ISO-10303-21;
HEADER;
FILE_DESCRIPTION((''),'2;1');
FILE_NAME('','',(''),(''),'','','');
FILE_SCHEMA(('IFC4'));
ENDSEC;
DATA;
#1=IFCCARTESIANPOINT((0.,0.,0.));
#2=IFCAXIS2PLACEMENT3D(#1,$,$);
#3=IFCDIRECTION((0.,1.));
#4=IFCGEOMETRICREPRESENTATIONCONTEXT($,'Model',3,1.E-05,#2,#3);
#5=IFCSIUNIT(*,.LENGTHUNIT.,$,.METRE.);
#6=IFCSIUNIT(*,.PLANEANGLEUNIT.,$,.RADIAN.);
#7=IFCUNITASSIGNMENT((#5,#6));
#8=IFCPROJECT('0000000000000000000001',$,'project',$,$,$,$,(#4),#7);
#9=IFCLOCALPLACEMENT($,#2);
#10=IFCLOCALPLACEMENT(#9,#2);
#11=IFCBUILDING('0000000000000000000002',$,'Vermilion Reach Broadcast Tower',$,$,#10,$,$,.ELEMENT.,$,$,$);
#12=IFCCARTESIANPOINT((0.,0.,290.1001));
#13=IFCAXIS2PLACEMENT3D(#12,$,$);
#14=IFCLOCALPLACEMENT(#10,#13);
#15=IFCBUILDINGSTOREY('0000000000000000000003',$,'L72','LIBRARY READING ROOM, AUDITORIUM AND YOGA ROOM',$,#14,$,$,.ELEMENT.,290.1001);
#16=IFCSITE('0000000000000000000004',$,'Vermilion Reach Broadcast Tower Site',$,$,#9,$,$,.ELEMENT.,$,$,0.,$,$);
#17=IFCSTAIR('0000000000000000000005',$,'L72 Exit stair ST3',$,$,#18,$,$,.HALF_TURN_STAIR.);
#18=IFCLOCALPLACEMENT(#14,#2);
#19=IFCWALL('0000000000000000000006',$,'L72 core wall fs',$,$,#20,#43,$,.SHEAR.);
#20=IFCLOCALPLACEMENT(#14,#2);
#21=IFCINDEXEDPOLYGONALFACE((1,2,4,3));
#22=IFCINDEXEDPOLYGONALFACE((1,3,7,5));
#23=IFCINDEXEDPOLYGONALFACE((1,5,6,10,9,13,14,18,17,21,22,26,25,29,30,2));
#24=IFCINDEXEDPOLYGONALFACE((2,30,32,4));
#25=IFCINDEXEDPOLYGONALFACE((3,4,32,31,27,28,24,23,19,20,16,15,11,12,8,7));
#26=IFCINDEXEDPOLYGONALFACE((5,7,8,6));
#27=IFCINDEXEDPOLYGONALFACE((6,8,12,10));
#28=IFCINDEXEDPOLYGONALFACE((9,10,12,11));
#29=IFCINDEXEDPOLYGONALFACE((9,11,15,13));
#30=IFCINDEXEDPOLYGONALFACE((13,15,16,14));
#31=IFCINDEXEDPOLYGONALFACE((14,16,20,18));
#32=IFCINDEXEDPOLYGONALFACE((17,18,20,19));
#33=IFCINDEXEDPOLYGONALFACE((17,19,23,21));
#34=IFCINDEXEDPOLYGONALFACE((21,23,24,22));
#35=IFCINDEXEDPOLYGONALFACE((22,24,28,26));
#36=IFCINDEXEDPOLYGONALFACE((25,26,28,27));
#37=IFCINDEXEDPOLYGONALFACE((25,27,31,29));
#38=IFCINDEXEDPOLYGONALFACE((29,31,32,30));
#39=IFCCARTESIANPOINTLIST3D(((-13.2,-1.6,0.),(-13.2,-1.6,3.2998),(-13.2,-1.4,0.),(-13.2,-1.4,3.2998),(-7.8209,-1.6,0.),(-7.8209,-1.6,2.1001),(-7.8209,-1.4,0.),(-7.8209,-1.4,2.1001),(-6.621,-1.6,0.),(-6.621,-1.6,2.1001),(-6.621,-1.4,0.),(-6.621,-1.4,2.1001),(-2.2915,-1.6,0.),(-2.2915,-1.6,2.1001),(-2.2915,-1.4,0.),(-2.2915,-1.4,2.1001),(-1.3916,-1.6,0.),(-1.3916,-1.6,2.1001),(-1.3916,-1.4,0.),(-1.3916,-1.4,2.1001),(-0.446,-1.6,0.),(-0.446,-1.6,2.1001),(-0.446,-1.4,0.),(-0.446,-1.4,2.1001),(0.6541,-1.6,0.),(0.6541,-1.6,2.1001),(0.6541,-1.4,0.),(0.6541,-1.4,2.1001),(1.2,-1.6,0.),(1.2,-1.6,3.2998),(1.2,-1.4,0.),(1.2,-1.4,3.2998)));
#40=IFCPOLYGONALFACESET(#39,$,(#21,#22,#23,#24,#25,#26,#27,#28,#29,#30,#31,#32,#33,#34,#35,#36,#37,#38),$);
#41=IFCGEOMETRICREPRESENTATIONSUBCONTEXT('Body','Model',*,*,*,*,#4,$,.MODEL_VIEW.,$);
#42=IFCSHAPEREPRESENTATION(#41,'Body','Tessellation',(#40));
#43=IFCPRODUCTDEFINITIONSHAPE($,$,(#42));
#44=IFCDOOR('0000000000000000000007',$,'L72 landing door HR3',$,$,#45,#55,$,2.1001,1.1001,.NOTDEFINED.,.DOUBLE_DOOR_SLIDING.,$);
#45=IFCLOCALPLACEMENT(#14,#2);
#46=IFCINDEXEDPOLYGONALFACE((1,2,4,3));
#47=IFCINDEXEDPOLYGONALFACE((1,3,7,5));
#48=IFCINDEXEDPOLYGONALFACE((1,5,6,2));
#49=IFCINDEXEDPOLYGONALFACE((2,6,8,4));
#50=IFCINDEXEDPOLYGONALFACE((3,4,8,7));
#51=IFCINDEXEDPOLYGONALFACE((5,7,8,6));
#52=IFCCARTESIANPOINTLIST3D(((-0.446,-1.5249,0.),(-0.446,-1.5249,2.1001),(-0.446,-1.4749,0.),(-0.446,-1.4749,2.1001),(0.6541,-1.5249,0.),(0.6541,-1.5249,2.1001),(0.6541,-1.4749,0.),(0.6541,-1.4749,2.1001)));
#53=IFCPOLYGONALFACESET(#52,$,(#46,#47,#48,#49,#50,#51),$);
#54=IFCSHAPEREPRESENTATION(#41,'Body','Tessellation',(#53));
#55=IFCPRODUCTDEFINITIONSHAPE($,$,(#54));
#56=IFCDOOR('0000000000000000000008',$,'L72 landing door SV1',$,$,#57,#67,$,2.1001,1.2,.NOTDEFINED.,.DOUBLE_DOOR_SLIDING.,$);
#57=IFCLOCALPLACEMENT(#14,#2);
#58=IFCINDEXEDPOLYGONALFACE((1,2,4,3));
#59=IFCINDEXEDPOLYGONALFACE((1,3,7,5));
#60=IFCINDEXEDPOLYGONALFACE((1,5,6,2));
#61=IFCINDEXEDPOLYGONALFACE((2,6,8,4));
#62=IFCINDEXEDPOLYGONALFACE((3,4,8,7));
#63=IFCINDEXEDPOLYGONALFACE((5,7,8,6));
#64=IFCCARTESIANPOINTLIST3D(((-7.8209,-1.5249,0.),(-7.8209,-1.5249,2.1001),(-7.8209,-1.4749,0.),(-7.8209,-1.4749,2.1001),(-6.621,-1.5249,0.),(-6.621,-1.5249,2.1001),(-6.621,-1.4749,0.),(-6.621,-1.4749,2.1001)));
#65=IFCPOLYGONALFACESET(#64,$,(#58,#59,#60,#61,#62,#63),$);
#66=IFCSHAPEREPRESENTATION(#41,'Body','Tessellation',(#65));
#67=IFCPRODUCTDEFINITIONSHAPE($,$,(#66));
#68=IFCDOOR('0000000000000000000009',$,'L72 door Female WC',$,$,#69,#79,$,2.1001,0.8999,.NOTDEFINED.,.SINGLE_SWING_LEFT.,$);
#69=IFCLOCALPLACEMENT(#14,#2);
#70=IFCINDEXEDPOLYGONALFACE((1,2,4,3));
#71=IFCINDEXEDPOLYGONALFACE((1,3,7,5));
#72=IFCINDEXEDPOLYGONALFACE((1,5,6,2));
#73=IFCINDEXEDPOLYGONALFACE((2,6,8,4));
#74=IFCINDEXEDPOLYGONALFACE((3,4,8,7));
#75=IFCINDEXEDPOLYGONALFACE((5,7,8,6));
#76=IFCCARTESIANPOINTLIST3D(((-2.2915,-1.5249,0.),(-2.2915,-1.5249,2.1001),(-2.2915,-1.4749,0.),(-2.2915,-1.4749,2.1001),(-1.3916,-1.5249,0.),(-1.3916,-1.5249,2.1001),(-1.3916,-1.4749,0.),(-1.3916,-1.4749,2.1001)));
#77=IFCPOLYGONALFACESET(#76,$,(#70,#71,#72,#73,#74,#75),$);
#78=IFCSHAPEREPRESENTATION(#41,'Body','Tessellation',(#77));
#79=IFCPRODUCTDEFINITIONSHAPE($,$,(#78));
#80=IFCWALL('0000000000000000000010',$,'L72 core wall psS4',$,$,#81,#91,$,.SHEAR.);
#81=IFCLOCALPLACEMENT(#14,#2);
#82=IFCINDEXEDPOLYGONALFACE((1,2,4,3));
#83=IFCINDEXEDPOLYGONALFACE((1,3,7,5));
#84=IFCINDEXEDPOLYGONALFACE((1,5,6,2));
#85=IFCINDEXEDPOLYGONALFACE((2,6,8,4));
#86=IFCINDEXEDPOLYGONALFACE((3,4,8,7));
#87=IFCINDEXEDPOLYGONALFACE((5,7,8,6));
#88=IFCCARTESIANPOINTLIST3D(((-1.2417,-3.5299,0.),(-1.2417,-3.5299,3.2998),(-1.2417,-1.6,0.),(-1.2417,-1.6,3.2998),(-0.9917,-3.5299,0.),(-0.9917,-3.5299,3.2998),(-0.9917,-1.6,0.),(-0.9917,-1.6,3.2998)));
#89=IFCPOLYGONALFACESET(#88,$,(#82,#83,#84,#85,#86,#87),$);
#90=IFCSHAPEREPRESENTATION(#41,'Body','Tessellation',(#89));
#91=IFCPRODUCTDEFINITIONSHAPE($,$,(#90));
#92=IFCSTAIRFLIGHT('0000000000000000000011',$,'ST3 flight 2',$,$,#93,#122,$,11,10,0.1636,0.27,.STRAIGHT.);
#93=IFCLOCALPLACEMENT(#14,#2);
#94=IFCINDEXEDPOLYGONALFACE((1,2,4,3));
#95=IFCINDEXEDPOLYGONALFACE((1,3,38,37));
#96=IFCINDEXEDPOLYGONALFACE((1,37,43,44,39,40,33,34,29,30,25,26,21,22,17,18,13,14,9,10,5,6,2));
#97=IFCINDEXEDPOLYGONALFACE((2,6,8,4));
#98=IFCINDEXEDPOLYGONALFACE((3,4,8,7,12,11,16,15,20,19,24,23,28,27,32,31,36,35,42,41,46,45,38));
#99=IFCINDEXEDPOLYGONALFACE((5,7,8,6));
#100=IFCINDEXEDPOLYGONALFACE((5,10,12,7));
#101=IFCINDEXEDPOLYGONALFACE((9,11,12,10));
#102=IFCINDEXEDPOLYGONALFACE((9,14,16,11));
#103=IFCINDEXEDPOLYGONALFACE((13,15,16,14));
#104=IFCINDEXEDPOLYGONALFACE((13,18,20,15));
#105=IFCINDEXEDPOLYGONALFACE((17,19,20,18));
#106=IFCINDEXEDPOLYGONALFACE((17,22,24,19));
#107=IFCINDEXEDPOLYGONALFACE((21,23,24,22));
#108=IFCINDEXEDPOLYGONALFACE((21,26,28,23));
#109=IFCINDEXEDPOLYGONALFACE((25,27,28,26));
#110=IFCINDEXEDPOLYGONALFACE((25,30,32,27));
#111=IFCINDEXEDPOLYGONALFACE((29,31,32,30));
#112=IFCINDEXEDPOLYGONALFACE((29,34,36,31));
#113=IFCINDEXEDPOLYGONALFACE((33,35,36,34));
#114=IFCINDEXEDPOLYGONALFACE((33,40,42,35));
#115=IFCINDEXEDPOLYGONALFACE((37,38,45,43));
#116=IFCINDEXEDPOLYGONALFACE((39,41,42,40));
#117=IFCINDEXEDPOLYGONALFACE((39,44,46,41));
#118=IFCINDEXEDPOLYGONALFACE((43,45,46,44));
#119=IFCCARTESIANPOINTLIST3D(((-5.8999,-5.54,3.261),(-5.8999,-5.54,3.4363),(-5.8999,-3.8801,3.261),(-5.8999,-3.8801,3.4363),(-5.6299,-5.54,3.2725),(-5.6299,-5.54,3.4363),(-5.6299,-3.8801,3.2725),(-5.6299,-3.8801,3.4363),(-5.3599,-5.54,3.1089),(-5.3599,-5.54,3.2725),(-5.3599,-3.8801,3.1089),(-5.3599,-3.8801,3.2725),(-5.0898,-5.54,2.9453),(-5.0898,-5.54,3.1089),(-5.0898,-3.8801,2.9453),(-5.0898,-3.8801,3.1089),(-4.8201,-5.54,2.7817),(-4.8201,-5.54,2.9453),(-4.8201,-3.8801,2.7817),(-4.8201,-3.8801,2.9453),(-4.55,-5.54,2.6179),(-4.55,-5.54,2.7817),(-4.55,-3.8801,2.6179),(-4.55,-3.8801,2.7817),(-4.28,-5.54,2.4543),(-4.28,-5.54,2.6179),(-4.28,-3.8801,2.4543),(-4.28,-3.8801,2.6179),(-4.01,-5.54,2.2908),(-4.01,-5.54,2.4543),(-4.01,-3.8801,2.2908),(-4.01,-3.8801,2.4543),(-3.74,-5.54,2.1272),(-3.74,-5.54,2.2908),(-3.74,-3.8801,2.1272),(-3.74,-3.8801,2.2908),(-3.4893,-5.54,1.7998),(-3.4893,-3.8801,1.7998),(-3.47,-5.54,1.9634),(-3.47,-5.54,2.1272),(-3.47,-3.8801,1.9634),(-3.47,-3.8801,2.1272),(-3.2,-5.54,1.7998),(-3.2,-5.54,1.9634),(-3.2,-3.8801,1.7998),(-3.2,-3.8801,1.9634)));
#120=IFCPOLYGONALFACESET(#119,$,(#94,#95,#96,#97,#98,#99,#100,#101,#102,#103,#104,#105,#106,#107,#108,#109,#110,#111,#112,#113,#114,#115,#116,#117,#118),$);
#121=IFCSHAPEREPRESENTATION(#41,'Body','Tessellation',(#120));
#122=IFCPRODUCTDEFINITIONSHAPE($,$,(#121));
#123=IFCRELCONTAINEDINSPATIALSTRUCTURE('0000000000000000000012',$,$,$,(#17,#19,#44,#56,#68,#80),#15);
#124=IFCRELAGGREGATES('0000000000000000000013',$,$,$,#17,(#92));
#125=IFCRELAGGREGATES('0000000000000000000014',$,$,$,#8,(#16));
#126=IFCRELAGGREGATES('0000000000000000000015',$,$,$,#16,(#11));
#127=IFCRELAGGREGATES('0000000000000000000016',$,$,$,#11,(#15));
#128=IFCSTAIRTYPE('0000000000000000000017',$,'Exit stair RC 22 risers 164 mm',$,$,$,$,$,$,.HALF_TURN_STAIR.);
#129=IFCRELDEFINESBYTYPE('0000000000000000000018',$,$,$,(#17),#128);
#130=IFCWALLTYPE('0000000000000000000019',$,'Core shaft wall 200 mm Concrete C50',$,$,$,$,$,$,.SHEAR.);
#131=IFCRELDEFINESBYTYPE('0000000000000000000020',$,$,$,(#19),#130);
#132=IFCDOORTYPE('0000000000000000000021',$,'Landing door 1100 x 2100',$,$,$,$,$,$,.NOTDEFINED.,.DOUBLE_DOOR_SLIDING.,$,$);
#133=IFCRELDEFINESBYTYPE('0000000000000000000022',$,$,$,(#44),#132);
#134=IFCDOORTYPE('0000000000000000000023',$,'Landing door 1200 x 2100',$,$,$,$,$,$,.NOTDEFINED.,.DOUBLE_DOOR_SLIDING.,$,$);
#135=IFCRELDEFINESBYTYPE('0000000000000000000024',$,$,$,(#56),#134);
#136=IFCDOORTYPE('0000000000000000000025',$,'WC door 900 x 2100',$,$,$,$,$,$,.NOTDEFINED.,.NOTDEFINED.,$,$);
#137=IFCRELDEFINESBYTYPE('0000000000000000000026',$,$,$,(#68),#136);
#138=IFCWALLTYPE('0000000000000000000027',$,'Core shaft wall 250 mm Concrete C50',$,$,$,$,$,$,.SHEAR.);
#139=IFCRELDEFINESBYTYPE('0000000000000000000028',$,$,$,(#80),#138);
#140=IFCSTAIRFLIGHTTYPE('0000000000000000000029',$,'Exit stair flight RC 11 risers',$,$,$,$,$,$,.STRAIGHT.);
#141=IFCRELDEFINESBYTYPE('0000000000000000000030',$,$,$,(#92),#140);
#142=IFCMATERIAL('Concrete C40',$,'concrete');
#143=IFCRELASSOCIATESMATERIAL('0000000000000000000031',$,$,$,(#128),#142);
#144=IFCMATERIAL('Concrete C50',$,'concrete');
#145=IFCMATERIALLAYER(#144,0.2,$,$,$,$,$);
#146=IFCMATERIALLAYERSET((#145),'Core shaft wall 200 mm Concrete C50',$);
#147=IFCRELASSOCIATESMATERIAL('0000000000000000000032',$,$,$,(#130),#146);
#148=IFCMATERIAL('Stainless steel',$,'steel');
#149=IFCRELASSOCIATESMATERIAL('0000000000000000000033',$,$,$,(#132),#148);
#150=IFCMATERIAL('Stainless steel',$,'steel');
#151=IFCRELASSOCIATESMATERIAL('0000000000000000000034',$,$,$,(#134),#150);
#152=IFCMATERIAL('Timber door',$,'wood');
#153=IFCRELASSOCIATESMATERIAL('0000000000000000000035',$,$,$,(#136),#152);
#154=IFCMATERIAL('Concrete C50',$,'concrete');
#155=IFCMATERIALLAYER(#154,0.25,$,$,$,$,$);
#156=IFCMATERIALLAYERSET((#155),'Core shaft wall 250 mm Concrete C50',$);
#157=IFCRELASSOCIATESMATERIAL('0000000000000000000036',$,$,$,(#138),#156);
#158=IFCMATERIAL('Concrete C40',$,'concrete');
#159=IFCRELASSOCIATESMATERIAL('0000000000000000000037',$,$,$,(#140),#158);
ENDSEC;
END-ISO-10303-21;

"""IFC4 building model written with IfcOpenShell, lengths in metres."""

from ifc_helpers import new_model, si_unit, direction, frame, frame_2d, origin, place, context, subcontext, project, spatial, polyline, rectangle, outline, extrude, material, layer, layer_set, type_object, element, fill, aggregate, save


model = new_model("IFC4")

# Units and contexts
model_context = context("Model", 3, precision=1e-05, world=origin(), true_north=direction((0.0, 1.0)))
body_context = subcontext(model_context, "Body", "Model", "MODEL_VIEW")
ifc_project = project(units=[si_unit("LENGTHUNIT", "METRE"), si_unit("PLANEANGLEUNIT", "RADIAN")], contexts=[model_context])

# Site, building, storey
site_placement = place(None, origin())
site = spatial("IfcSite", under=ifc_project, at=site_placement, Name="Vermilion Reach Broadcast Tower Site", CompositionType="ELEMENT", RefElevation=0.0)
building_placement = place(site_placement, origin())
building = spatial("IfcBuilding", under=site, at=building_placement, Name="Vermilion Reach Broadcast Tower", CompositionType="ELEMENT")
storey_placement = place(building_placement, frame((0.0, 0.0, 290.1001)))
storey = spatial("IfcBuildingStorey", under=building, at=storey_placement, Name="L72", Description="LIBRARY READING ROOM, AUDITORIUM AND YOGA ROOM", CompositionType="ELEMENT", Elevation=290.1001)

# Stair
ifc_material_1 = material(Name="Concrete C40", Category="concrete")
stair_type = type_object("IfcStairType", Name="Exit stair RC 22 risers 164 mm", PredefinedType="HALF_TURN_STAIR", material=ifc_material_1)
placement_1 = place(storey_placement, origin())
stair_1 = element("IfcStair", 1, at=placement_1, inside=storey, type_object=stair_type, Name="L72 Exit stair ST3", PredefinedType="HALF_TURN_STAIR")

# Wall, openings, doors
ifc_material_2 = material(Name="Concrete C50", Category="concrete")
ifc_layer_1 = layer(ifc_material_2, 0.2)
ifc_layer_set_1 = layer_set([ifc_layer_1], Name="Core shaft wall 200 mm Concrete C50")
wall_type_1 = type_object("IfcWallType", Name="Core shaft wall 200 mm Concrete C50", PredefinedType="SHEAR", material=ifc_layer_set_1)
wall_1_placement = place(storey_placement, frame((1.2, -1.5, 0.0), z_axis=(0.0, 0.0, 1.0), x_axis=(-1.0, 0.0, 0.0)))
wall_1 = element("IfcWall", 2, at=wall_1_placement, inside=storey, type_object=wall_type_1, Name="L72 core wall fs", PredefinedType="SHEAR", context=body_context, shape_type="SweptSolid", body=[
    extrude(rectangle(XDim=14.3999, YDim=0.2, at=frame_2d((7.2, 0.0))), origin(), (0.0, 0.0, 1.0), 3.2998),
])
opening_1_placement = place(wall_1_placement, frame((7.8208, 0.0, 0.0)))
opening_1 = element("IfcOpeningElement", 3, at=opening_1_placement, cuts=wall_1, PredefinedType="OPENING", context=body_context, shape_type="SweptSolid", body=[
    extrude(rectangle(XDim=1.2, YDim=2.1001, at=frame_2d((0.6001, 1.05))), frame((0.0, 0.1099, 0.0), z_axis=(0.0, -1.0, 0.0), x_axis=(1.0, 0.0, 0.0)), (0.0, 0.0, 1.0), 0.22),
])
opening_2_placement = place(wall_1_placement, frame((0.5459, 0.0, 0.0)))
opening_2 = element("IfcOpeningElement", 4, at=opening_2_placement, cuts=wall_1, PredefinedType="OPENING", context=body_context, shape_type="SweptSolid", body=[
    extrude(rectangle(XDim=1.1001, YDim=2.1001, at=frame_2d((0.55, 1.05))), frame((0.0, 0.1099, 0.0), z_axis=(0.0, -1.0, 0.0), x_axis=(1.0, 0.0, 0.0)), (0.0, 0.0, 1.0), 0.22),
])
opening_3_placement = place(wall_1_placement, frame((2.5916, 0.0, 0.0)))
opening_3 = element("IfcOpeningElement", 5, at=opening_3_placement, cuts=wall_1, PredefinedType="OPENING", context=body_context, shape_type="SweptSolid", body=[
    extrude(rectangle(XDim=0.8999, YDim=2.1001, at=frame_2d((0.45, 1.05))), frame((0.0, 0.1099, 0.0), z_axis=(0.0, -1.0, 0.0), x_axis=(1.0, 0.0, 0.0)), (0.0, 0.0, 1.0), 0.22),
])
ifc_material_3 = material(Name="Stainless steel", Category="steel")
door_type_1 = type_object("IfcDoorType", Name="Landing door 1100 x 2100", OperationType="DOUBLE_DOOR_SLIDING", PredefinedType="NOTDEFINED", material=ifc_material_3)
door_1_placement = place(opening_2_placement, origin())
door_1 = element("IfcDoor", 6, at=door_1_placement, inside=storey, type_object=door_type_1, Name="L72 landing door HR3", OperationType="DOUBLE_DOOR_SLIDING", OverallHeight=2.1001, OverallWidth=1.1001, PredefinedType="NOTDEFINED", context=body_context, shape_type="SweptSolid", body=[
    extrude(rectangle(XDim=1.1001, YDim=2.1001, at=frame_2d((0.55, 1.05))), frame((0.0, 0.0249, 0.0), z_axis=(0.0, -1.0, 0.0), x_axis=(1.0, 0.0, 0.0)), (0.0, 0.0, 1.0), 0.05),
])
fill(opening_2, door_1)
ifc_material_4 = material(Name="Stainless steel", Category="steel")
door_type_2 = type_object("IfcDoorType", Name="Landing door 1200 x 2100", OperationType="DOUBLE_DOOR_SLIDING", PredefinedType="NOTDEFINED", material=ifc_material_4)
door_2_placement = place(opening_1_placement, origin())
door_2 = element("IfcDoor", 7, at=door_2_placement, inside=storey, type_object=door_type_2, Name="L72 landing door SV1", OperationType="DOUBLE_DOOR_SLIDING", OverallHeight=2.1001, OverallWidth=1.2, PredefinedType="NOTDEFINED", context=body_context, shape_type="SweptSolid", body=[
    extrude(rectangle(XDim=1.2, YDim=2.1001, at=frame_2d((0.6001, 1.05))), frame((0.0, 0.0249, 0.0), z_axis=(0.0, -1.0, 0.0), x_axis=(1.0, 0.0, 0.0)), (0.0, 0.0, 1.0), 0.05),
])
fill(opening_1, door_2)
ifc_material_5 = material(Name="Timber door", Category="wood")
door_type_3 = type_object("IfcDoorType", Name="WC door 900 x 2100", OperationType="NOTDEFINED", PredefinedType="NOTDEFINED", material=ifc_material_5)
door_3_placement = place(opening_3_placement, origin())
door_3 = element("IfcDoor", 8, at=door_3_placement, inside=storey, type_object=door_type_3, Name="L72 door Female WC", OperationType="SINGLE_SWING_LEFT", OverallHeight=2.1001, OverallWidth=0.8999, PredefinedType="NOTDEFINED", context=body_context, shape_type="SweptSolid", body=[
    extrude(rectangle(XDim=0.8999, YDim=2.1001, at=frame_2d((0.45, 1.05))), frame((0.0, 0.0249, 0.0), z_axis=(0.0, -1.0, 0.0), x_axis=(1.0, 0.0, 0.0)), (0.0, 0.0, 1.0), 0.05),
])
fill(opening_3, door_3)

# Wall
ifc_material_6 = material(Name="Concrete C50", Category="concrete")
ifc_layer_2 = layer(ifc_material_6, 0.25)
ifc_layer_set_2 = layer_set([ifc_layer_2], Name="Core shaft wall 250 mm Concrete C50")
wall_type_2 = type_object("IfcWallType", Name="Core shaft wall 250 mm Concrete C50", PredefinedType="SHEAR", material=ifc_layer_set_2)
wall_2_placement = place(storey_placement, frame((-1.1167, -1.6001, 0.0), z_axis=(0.0, 0.0, 1.0), x_axis=(0.0, -1.0, 0.0)))
element("IfcWall", 9, at=wall_2_placement, inside=storey, type_object=wall_type_2, Name="L72 core wall psS4", PredefinedType="SHEAR", context=body_context, shape_type="SweptSolid", body=[
    extrude(rectangle(XDim=1.9299, YDim=0.25, at=frame_2d((0.9648, 0.0))), origin(), (0.0, 0.0, 1.0), 3.2998),
])

# Stair flight
ifc_material_7 = material(Name="Concrete C40", Category="concrete")
stair_flight_type = type_object("IfcStairFlightType", Name="Exit stair flight RC 11 risers", PredefinedType="STRAIGHT", material=ifc_material_7)
stair_flight_placement = place(storey_placement, frame((-3.2, -4.71, 1.7998), z_axis=(0.0, 0.0, 1.0), x_axis=(-1.0, 0.0, 0.0)))
stair_flight = element("IfcStairFlight", 10, at=stair_flight_placement, type_object=stair_flight_type, Name="ST3 flight 2", NumberOfRisers=11, NumberOfTreads=10, PredefinedType="STRAIGHT", RiserHeight=0.1636, TreadLength=0.27, context=body_context, shape_type="SweptSolid", body=[
    extrude(outline(polyline([(0.0, 0.0), (0.0, 0.1636), (0.27, 0.1636), (0.27, 0.3274), (0.54, 0.3274), (0.54, 0.491), (0.8101, 0.491), (0.8101, 0.6545), (1.0801, 0.6545), (1.0801, 0.8181), (1.3501, 0.8181), (1.3501, 0.9819), (1.6201, 0.9819), (1.6201, 1.1455), (1.8899, 1.1455), (1.8899, 1.3091), (2.1599, 1.3091), (2.1599, 1.4727), (2.4299, 1.4727), (2.4299, 1.6365), (2.7, 1.6365), (2.7, 1.8), (2.7, 1.4612), (0.2893, 0.0), (0.0, 0.0)])), frame((0.0, 0.8301, 0.0), z_axis=(0.0, -1.0, 0.0), x_axis=(1.0, 0.0, 0.0)), (0.0, 0.0, 1.0), 1.6599),
])
aggregate(stair_1, [stair_flight])

save(model, "model.ifc")
